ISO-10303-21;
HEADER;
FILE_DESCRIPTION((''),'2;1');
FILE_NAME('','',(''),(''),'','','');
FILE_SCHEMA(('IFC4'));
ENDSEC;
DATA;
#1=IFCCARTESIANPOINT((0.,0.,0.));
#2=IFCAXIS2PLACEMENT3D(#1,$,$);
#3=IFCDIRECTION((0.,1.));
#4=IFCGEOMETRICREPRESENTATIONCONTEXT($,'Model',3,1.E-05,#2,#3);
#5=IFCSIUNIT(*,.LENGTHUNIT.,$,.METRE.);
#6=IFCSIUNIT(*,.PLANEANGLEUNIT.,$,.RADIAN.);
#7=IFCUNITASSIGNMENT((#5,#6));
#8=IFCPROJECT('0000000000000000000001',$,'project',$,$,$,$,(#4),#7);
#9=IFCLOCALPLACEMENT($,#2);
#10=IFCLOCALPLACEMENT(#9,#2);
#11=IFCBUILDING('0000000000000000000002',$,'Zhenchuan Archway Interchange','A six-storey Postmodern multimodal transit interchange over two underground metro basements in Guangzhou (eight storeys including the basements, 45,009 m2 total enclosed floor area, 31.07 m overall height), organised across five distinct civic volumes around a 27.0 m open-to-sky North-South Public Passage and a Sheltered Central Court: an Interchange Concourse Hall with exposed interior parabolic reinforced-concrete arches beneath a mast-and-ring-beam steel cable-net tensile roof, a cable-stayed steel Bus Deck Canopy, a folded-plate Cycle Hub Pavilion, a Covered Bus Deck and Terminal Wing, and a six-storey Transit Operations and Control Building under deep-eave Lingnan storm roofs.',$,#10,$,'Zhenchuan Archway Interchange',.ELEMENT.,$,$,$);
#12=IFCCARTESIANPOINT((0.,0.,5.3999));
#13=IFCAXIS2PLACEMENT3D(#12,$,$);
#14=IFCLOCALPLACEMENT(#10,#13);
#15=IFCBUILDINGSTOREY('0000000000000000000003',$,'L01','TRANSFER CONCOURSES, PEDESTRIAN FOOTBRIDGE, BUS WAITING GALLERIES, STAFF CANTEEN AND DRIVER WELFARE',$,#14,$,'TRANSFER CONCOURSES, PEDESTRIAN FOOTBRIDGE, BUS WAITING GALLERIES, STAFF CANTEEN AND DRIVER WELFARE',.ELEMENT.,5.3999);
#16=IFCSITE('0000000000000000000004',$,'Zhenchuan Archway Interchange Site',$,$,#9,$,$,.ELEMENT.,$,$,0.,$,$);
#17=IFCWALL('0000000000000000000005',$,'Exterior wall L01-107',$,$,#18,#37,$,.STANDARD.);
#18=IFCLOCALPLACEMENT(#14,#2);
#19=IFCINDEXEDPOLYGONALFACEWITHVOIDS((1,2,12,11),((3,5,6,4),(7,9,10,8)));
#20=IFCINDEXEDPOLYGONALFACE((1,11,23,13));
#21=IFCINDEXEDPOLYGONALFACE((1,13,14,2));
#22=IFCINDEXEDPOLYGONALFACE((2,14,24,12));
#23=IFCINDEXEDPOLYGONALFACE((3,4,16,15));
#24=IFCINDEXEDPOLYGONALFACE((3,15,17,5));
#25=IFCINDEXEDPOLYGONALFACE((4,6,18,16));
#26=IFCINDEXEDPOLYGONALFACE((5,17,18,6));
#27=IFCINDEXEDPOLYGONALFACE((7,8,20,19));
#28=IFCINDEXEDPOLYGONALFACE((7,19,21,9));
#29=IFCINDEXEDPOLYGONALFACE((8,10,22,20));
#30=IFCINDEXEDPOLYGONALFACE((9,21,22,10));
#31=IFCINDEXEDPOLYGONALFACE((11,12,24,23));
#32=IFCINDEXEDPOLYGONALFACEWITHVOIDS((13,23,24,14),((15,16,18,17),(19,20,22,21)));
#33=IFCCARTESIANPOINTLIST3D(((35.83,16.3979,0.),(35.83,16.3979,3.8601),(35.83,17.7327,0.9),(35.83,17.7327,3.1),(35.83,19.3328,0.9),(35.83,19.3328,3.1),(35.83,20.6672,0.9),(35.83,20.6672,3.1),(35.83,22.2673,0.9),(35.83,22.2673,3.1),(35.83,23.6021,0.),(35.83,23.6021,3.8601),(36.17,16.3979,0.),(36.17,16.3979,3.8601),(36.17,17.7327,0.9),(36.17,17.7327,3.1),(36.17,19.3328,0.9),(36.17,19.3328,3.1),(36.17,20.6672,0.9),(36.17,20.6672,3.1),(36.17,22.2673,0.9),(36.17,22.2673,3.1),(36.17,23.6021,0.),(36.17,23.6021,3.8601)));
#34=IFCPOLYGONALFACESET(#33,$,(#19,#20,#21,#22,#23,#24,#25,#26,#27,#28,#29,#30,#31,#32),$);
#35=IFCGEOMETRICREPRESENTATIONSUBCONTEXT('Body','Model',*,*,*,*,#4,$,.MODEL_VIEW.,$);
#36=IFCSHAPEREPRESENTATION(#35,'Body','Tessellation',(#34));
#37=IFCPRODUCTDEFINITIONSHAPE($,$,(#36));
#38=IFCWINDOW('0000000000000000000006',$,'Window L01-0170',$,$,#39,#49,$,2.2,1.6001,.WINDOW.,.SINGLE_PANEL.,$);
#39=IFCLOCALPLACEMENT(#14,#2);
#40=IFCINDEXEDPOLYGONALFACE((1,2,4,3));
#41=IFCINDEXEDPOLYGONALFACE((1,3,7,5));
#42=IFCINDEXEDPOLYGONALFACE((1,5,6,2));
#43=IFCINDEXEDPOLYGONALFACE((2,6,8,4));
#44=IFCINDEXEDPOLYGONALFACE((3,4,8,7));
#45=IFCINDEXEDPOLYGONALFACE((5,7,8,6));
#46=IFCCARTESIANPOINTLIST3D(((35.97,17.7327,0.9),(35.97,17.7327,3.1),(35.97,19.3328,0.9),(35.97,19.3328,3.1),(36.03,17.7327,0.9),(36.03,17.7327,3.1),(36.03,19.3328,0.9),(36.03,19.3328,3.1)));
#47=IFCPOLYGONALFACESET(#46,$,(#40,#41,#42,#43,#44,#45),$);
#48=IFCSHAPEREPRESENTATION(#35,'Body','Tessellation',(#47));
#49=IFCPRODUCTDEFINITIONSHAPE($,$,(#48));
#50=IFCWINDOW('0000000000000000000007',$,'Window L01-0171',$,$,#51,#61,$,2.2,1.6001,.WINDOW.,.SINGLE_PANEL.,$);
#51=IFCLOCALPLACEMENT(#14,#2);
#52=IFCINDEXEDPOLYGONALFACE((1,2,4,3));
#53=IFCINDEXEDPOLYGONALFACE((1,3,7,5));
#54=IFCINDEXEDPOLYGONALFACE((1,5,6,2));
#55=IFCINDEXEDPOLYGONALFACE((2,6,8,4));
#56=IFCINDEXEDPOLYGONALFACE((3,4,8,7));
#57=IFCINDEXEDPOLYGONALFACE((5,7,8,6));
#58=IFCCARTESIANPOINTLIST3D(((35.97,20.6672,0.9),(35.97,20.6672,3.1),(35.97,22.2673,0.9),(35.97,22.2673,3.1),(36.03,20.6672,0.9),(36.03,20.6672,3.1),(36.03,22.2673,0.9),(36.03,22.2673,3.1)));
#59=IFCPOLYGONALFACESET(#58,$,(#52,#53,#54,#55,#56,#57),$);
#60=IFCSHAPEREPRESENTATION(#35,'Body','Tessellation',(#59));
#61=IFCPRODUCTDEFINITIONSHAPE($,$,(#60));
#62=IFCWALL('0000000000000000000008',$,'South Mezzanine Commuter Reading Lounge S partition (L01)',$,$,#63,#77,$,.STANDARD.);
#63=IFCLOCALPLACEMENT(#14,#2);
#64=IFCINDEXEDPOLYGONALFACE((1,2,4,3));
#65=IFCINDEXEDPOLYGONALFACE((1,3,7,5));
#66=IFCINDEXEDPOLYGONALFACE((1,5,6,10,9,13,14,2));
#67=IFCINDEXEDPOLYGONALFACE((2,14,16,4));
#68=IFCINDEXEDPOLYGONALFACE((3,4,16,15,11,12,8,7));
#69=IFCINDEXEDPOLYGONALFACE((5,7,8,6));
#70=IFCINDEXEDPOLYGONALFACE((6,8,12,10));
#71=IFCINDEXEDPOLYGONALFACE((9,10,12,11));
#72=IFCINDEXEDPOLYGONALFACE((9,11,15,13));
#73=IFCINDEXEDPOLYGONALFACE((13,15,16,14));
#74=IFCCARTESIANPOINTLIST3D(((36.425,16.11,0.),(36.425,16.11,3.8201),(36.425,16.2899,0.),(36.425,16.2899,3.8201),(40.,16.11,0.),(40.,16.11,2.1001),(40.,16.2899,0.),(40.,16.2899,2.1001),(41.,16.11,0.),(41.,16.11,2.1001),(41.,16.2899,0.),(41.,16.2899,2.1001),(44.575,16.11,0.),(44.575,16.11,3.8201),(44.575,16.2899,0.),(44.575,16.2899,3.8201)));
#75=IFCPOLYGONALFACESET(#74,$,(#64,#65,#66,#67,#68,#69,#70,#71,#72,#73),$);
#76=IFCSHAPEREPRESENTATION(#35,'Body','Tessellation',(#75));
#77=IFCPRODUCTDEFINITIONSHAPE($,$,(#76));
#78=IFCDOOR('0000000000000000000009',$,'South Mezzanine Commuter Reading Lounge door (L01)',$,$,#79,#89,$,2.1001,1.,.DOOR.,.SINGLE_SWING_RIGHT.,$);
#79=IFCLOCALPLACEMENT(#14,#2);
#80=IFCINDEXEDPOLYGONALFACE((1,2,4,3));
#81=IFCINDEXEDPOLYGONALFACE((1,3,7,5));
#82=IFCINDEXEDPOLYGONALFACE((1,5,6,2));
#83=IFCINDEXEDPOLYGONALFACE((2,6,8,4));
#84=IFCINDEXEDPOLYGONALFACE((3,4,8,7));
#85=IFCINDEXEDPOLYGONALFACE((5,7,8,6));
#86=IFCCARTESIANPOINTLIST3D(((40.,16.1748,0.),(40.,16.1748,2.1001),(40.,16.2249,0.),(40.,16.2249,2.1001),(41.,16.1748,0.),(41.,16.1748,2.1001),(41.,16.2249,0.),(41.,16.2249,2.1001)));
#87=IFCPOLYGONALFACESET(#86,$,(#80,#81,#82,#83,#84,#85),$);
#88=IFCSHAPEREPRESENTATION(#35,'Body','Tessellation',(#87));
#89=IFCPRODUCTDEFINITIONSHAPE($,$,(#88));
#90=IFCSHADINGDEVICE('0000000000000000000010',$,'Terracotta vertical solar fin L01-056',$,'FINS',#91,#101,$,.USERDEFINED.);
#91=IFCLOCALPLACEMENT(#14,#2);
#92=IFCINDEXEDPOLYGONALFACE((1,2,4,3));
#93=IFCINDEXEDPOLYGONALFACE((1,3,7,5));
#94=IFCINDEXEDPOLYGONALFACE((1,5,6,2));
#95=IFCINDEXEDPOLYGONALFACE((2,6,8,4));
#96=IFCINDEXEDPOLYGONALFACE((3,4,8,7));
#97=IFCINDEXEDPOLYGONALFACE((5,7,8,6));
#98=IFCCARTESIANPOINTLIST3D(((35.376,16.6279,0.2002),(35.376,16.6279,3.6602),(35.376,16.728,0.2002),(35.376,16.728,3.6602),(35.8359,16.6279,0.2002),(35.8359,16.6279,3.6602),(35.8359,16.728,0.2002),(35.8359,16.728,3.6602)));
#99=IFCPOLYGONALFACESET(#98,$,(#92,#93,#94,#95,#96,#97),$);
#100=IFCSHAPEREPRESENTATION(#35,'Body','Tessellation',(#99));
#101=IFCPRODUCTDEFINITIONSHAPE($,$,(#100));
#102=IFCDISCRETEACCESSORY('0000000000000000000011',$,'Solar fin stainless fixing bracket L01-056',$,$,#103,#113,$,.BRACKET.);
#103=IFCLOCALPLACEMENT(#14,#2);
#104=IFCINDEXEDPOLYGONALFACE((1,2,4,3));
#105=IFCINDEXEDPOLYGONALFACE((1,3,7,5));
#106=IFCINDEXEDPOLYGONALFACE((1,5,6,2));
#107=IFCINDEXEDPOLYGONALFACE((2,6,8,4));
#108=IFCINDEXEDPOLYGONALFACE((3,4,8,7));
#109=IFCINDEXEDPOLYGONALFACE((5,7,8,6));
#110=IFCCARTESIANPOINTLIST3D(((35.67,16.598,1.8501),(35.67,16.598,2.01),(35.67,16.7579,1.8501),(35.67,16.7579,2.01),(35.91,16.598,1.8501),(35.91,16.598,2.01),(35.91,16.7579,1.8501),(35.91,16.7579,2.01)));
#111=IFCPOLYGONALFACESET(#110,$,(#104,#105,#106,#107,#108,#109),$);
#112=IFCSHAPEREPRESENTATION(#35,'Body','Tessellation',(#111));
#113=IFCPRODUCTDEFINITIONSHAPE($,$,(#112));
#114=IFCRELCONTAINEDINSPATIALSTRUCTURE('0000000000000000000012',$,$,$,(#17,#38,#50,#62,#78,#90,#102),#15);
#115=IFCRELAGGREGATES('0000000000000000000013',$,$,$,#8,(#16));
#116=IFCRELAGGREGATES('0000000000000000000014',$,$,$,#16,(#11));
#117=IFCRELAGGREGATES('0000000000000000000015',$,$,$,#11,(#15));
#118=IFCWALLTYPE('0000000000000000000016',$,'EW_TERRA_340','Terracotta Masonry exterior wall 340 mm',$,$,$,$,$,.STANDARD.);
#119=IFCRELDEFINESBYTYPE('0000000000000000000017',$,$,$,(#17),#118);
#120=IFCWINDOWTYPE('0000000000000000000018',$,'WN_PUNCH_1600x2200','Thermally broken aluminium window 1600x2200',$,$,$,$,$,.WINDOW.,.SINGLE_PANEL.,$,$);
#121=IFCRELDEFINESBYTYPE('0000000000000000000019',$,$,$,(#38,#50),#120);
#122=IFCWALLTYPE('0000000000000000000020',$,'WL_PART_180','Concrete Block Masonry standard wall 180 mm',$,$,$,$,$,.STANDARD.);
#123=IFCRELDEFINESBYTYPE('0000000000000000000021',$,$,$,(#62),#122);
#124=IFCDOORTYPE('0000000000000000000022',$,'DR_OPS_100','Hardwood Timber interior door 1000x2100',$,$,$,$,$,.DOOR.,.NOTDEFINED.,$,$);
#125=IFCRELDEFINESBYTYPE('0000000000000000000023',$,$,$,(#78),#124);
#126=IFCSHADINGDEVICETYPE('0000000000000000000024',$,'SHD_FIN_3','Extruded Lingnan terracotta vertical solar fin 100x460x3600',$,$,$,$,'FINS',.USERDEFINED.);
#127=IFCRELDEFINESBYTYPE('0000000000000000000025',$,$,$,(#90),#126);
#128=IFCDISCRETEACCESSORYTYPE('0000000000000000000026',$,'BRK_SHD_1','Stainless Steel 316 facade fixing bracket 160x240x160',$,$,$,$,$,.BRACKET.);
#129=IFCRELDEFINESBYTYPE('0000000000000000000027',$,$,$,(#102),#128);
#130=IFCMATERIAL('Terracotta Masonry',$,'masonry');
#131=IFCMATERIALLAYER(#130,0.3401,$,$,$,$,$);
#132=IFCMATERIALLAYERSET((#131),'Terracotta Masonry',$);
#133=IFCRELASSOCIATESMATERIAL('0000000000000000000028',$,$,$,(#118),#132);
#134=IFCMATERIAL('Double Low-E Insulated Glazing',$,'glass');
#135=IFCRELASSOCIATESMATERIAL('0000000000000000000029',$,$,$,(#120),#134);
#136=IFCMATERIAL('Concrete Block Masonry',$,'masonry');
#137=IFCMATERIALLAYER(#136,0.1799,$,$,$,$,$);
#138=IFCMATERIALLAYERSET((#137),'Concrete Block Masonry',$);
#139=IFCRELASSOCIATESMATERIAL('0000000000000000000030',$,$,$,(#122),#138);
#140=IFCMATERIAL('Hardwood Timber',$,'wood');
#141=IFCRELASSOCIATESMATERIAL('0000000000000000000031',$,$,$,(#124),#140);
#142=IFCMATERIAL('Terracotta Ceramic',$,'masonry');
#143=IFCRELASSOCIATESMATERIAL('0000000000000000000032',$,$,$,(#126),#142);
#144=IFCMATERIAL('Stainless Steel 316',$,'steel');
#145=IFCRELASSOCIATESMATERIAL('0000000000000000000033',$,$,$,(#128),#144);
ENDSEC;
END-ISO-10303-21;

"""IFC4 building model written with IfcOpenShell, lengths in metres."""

from ifc_helpers import new_model, si_unit, direction, frame, frame_2d, origin, origin_2d, place, context, subcontext, project, spatial, rectangle, extrude, material, layer, layer_set, type_object, element, fill, save


model = new_model("IFC4")

# Units and contexts
model_context = context("Model", 3, precision=1e-05, world=origin(), true_north=direction((0.0, 1.0)))
body_context = subcontext(model_context, "Body", "Model", "MODEL_VIEW")
ifc_project = project(units=[si_unit("LENGTHUNIT", "METRE"), si_unit("PLANEANGLEUNIT", "RADIAN")], contexts=[model_context])

# Site, building, storey
site_placement = place(None, origin())
site = spatial("IfcSite", under=ifc_project, at=site_placement, Name="Zhenchuan Archway Interchange Site", CompositionType="ELEMENT", RefElevation=0.0)
building_placement = place(site_placement, origin())
building = spatial("IfcBuilding", under=site, at=building_placement, Name="Zhenchuan Archway Interchange", Description="A six-storey Postmodern multimodal transit interchange over two underground metro basements in Guangzhou (eight storeys including the basements, 45,009 m2 total enclosed floor area, 31.07 m overall height), organised across five distinct civic volumes around a 27.0 m open-to-sky North-South Public Passage and a Sheltered Central Court: an Interchange Concourse Hall with exposed interior parabolic reinforced-concrete arches beneath a mast-and-ring-beam steel cable-net tensile roof, a cable-stayed steel Bus Deck Canopy, a folded-plate Cycle Hub Pavilion, a Covered Bus Deck and Terminal Wing, and a six-storey Transit Operations and Control Building under deep-eave Lingnan storm roofs.", LongName="Zhenchuan Archway Interchange", CompositionType="ELEMENT")
storey_placement = place(building_placement, frame((0.0, 0.0, 5.3999)))
storey = spatial("IfcBuildingStorey", under=building, at=storey_placement, Name="L01", Description="TRANSFER CONCOURSES, PEDESTRIAN FOOTBRIDGE, BUS WAITING GALLERIES, STAFF CANTEEN AND DRIVER WELFARE", LongName="TRANSFER CONCOURSES, PEDESTRIAN FOOTBRIDGE, BUS WAITING GALLERIES, STAFF CANTEEN AND DRIVER WELFARE", CompositionType="ELEMENT", Elevation=5.3999)

# Shared definitions
ifc_material_1 = material(Name="Double Low-E Insulated Glazing", Category="glass")

# Wall, openings, windows
ifc_material_2 = material(Name="Terracotta Masonry", Category="masonry")
ifc_layer_1 = layer(ifc_material_2, 0.3401)
ifc_layer_set_1 = layer_set([ifc_layer_1], Name="Terracotta Masonry")
wall_type_1 = type_object("IfcWallType", Name="EW_TERRA_340", Description="Terracotta Masonry exterior wall 340 mm", PredefinedType="STANDARD", material=ifc_layer_set_1)
wall_1_placement = place(storey_placement, frame((36.0, 16.3979, 0.0), z_axis=(0.0, 0.0, 1.0), x_axis=(0.0, 1.0, 0.0)))
wall_1 = element("IfcWall", 1, at=wall_1_placement, inside=storey, type_object=wall_type_1, Name="Exterior wall L01-107", PredefinedType="STANDARD", context=body_context, shape_type="SweptSolid", body=[
    extrude(rectangle(XDim=7.2041, YDim=0.3401, at=frame_2d((3.6021, 0.0))), origin(), (0.0, 0.0, 1.0), 3.8601),
])
opening_1_placement = place(wall_1_placement, frame((1.3347, 0.0, 0.8999)))
opening_1 = element("IfcOpeningElement", 2, at=opening_1_placement, cuts=wall_1, PredefinedType="OPENING", context=body_context, shape_type="SweptSolid", body=[
    extrude(rectangle(XDim=1.6001, YDim=2.2, at=frame_2d((0.8, 1.1001))), frame((0.0, 0.1821, 0.0), z_axis=(0.0, -1.0, 0.0), x_axis=(1.0, 0.0, 0.0)), (0.0, 0.0, 1.0), 0.364),
])
opening_2_placement = place(wall_1_placement, frame((4.2693, 0.0, 0.8999)))
opening_2 = element("IfcOpeningElement", 3, at=opening_2_placement, cuts=wall_1, PredefinedType="OPENING", context=body_context, shape_type="SweptSolid", body=[
    extrude(rectangle(XDim=1.6001, YDim=2.2, at=frame_2d((0.8, 1.1001))), frame((0.0, 0.1821, 0.0), z_axis=(0.0, -1.0, 0.0), x_axis=(1.0, 0.0, 0.0)), (0.0, 0.0, 1.0), 0.364),
])
window_type = type_object("IfcWindowType", Name="WN_PUNCH_1600x2200", Description="Thermally broken aluminium window 1600x2200", PartitioningType="SINGLE_PANEL", PredefinedType="WINDOW", material=ifc_material_1)
window_1_placement = place(opening_1_placement, origin())
window_1 = element("IfcWindow", 4, at=window_1_placement, inside=storey, type_object=window_type, Name="Window L01-0170", OverallHeight=2.2, OverallWidth=1.6001, PartitioningType="SINGLE_PANEL", PredefinedType="WINDOW", context=body_context, shape_type="SweptSolid", body=[
    extrude(rectangle(XDim=1.6001, YDim=2.2, at=frame_2d((0.8, 1.1001))), frame((0.0, 0.03, 0.0), z_axis=(0.0, -1.0, 0.0), x_axis=(1.0, 0.0, 0.0)), (0.0, 0.0, 1.0), 0.0601),
])
fill(opening_1, window_1)
window_2_placement = place(opening_2_placement, origin())
window_2 = element("IfcWindow", 5, at=window_2_placement, inside=storey, type_object=window_type, Name="Window L01-0171", OverallHeight=2.2, OverallWidth=1.6001, PartitioningType="SINGLE_PANEL", PredefinedType="WINDOW", context=body_context, shape_type="SweptSolid", body=[
    extrude(rectangle(XDim=1.6001, YDim=2.2, at=frame_2d((0.8, 1.1001))), frame((0.0, 0.03, 0.0), z_axis=(0.0, -1.0, 0.0), x_axis=(1.0, 0.0, 0.0)), (0.0, 0.0, 1.0), 0.0601),
])
fill(opening_2, window_2)

# Wall, opening, door
ifc_material_3 = material(Name="Concrete Block Masonry", Category="masonry")
ifc_layer_2 = layer(ifc_material_3, 0.1799)
ifc_layer_set_2 = layer_set([ifc_layer_2], Name="Concrete Block Masonry")
wall_type_2 = type_object("IfcWallType", Name="WL_PART_180", Description="Concrete Block Masonry standard wall 180 mm", PredefinedType="STANDARD", material=ifc_layer_set_2)
wall_2_placement = place(storey_placement, frame((36.425, 16.2, 0.0), z_axis=(0.0, 0.0, 1.0), x_axis=(1.0, 0.0, 0.0)))
wall_2 = element("IfcWall", 6, at=wall_2_placement, inside=storey, type_object=wall_type_2, Name="South Mezzanine Commuter Reading Lounge S partition (L01)", PredefinedType="STANDARD", context=body_context, shape_type="SweptSolid", body=[
    extrude(rectangle(XDim=8.1499, YDim=0.1799, at=frame_2d((4.075, 0.0))), origin(), (0.0, 0.0, 1.0), 3.8201),
])
opening_3_placement = place(wall_2_placement, frame((3.575, 0.0, 0.0)))
opening_3 = element("IfcOpeningElement", 7, at=opening_3_placement, cuts=wall_2, PredefinedType="OPENING", context=body_context, shape_type="SweptSolid", body=[
    extrude(rectangle(XDim=1.0, YDim=2.1001, at=frame_2d((0.5, 1.05))), frame((0.0, 0.1021, 0.0), z_axis=(0.0, -1.0, 0.0), x_axis=(1.0, 0.0, 0.0)), (0.0, 0.0, 1.0), 0.2039),
])
ifc_material_4 = material(Name="Hardwood Timber", Category="wood")
door_type = type_object("IfcDoorType", Name="DR_OPS_100", Description="Hardwood Timber interior door 1000x2100", OperationType="NOTDEFINED", PredefinedType="DOOR", material=ifc_material_4)
door_placement = place(opening_3_placement, origin())
door = element("IfcDoor", 8, at=door_placement, inside=storey, type_object=door_type, Name="South Mezzanine Commuter Reading Lounge door (L01)", OperationType="SINGLE_SWING_RIGHT", OverallHeight=2.1001, OverallWidth=1.0, PredefinedType="DOOR", context=body_context, shape_type="SweptSolid", body=[
    extrude(rectangle(XDim=1.0, YDim=2.1001, at=frame_2d((0.5, 1.05))), frame((0.0, 0.0249, 0.0), z_axis=(0.0, -1.0, 0.0), x_axis=(1.0, 0.0, 0.0)), (0.0, 0.0, 1.0), 0.05),
])
fill(opening_3, door)

# Shading device
ifc_material_5 = material(Name="Terracotta Ceramic", Category="masonry")
shading_device_type = type_object("IfcShadingDeviceType", Name="SHD_FIN_3", Description="Extruded Lingnan terracotta vertical solar fin 100x460x3600", ElementType="FINS", PredefinedType="USERDEFINED", material=ifc_material_5)
shading_device_placement = place(storey_placement, frame((35.606, 16.678, 0.2002), z_axis=(0.0, 0.0, 1.0), x_axis=(0.0, 1.0, 0.0)))
element("IfcShadingDevice", 9, at=shading_device_placement, inside=storey, type_object=shading_device_type, Name="Terracotta vertical solar fin L01-056", ObjectType="FINS", PredefinedType="USERDEFINED", context=body_context, shape_type="SweptSolid", body=[
    extrude(rectangle(XDim=0.1001, YDim=0.46, at=origin_2d()), origin(), (0.0, 0.0, 1.0), 3.46),
])

# Discrete accessory
ifc_material_6 = material(Name="Stainless Steel 316", Category="steel")
discrete_accessory_type = type_object("IfcDiscreteAccessoryType", Name="BRK_SHD_1", Description="Stainless Steel 316 facade fixing bracket 160x240x160", PredefinedType="BRACKET", material=ifc_material_6)
discrete_accessory_placement = place(storey_placement, frame((35.79, 16.678, 1.8501), z_axis=(0.0, 0.0, 1.0), x_axis=(0.0, 1.0, 0.0)))
element("IfcDiscreteAccessory", 10, at=discrete_accessory_placement, inside=storey, type_object=discrete_accessory_type, Name="Solar fin stainless fixing bracket L01-056", PredefinedType="BRACKET", context=body_context, shape_type="SweptSolid", body=[
    extrude(rectangle(XDim=0.1599, YDim=0.24, at=origin_2d()), origin(), (0.0, 0.0, 1.0), 0.1599),
])

save(model, "model.ifc")
